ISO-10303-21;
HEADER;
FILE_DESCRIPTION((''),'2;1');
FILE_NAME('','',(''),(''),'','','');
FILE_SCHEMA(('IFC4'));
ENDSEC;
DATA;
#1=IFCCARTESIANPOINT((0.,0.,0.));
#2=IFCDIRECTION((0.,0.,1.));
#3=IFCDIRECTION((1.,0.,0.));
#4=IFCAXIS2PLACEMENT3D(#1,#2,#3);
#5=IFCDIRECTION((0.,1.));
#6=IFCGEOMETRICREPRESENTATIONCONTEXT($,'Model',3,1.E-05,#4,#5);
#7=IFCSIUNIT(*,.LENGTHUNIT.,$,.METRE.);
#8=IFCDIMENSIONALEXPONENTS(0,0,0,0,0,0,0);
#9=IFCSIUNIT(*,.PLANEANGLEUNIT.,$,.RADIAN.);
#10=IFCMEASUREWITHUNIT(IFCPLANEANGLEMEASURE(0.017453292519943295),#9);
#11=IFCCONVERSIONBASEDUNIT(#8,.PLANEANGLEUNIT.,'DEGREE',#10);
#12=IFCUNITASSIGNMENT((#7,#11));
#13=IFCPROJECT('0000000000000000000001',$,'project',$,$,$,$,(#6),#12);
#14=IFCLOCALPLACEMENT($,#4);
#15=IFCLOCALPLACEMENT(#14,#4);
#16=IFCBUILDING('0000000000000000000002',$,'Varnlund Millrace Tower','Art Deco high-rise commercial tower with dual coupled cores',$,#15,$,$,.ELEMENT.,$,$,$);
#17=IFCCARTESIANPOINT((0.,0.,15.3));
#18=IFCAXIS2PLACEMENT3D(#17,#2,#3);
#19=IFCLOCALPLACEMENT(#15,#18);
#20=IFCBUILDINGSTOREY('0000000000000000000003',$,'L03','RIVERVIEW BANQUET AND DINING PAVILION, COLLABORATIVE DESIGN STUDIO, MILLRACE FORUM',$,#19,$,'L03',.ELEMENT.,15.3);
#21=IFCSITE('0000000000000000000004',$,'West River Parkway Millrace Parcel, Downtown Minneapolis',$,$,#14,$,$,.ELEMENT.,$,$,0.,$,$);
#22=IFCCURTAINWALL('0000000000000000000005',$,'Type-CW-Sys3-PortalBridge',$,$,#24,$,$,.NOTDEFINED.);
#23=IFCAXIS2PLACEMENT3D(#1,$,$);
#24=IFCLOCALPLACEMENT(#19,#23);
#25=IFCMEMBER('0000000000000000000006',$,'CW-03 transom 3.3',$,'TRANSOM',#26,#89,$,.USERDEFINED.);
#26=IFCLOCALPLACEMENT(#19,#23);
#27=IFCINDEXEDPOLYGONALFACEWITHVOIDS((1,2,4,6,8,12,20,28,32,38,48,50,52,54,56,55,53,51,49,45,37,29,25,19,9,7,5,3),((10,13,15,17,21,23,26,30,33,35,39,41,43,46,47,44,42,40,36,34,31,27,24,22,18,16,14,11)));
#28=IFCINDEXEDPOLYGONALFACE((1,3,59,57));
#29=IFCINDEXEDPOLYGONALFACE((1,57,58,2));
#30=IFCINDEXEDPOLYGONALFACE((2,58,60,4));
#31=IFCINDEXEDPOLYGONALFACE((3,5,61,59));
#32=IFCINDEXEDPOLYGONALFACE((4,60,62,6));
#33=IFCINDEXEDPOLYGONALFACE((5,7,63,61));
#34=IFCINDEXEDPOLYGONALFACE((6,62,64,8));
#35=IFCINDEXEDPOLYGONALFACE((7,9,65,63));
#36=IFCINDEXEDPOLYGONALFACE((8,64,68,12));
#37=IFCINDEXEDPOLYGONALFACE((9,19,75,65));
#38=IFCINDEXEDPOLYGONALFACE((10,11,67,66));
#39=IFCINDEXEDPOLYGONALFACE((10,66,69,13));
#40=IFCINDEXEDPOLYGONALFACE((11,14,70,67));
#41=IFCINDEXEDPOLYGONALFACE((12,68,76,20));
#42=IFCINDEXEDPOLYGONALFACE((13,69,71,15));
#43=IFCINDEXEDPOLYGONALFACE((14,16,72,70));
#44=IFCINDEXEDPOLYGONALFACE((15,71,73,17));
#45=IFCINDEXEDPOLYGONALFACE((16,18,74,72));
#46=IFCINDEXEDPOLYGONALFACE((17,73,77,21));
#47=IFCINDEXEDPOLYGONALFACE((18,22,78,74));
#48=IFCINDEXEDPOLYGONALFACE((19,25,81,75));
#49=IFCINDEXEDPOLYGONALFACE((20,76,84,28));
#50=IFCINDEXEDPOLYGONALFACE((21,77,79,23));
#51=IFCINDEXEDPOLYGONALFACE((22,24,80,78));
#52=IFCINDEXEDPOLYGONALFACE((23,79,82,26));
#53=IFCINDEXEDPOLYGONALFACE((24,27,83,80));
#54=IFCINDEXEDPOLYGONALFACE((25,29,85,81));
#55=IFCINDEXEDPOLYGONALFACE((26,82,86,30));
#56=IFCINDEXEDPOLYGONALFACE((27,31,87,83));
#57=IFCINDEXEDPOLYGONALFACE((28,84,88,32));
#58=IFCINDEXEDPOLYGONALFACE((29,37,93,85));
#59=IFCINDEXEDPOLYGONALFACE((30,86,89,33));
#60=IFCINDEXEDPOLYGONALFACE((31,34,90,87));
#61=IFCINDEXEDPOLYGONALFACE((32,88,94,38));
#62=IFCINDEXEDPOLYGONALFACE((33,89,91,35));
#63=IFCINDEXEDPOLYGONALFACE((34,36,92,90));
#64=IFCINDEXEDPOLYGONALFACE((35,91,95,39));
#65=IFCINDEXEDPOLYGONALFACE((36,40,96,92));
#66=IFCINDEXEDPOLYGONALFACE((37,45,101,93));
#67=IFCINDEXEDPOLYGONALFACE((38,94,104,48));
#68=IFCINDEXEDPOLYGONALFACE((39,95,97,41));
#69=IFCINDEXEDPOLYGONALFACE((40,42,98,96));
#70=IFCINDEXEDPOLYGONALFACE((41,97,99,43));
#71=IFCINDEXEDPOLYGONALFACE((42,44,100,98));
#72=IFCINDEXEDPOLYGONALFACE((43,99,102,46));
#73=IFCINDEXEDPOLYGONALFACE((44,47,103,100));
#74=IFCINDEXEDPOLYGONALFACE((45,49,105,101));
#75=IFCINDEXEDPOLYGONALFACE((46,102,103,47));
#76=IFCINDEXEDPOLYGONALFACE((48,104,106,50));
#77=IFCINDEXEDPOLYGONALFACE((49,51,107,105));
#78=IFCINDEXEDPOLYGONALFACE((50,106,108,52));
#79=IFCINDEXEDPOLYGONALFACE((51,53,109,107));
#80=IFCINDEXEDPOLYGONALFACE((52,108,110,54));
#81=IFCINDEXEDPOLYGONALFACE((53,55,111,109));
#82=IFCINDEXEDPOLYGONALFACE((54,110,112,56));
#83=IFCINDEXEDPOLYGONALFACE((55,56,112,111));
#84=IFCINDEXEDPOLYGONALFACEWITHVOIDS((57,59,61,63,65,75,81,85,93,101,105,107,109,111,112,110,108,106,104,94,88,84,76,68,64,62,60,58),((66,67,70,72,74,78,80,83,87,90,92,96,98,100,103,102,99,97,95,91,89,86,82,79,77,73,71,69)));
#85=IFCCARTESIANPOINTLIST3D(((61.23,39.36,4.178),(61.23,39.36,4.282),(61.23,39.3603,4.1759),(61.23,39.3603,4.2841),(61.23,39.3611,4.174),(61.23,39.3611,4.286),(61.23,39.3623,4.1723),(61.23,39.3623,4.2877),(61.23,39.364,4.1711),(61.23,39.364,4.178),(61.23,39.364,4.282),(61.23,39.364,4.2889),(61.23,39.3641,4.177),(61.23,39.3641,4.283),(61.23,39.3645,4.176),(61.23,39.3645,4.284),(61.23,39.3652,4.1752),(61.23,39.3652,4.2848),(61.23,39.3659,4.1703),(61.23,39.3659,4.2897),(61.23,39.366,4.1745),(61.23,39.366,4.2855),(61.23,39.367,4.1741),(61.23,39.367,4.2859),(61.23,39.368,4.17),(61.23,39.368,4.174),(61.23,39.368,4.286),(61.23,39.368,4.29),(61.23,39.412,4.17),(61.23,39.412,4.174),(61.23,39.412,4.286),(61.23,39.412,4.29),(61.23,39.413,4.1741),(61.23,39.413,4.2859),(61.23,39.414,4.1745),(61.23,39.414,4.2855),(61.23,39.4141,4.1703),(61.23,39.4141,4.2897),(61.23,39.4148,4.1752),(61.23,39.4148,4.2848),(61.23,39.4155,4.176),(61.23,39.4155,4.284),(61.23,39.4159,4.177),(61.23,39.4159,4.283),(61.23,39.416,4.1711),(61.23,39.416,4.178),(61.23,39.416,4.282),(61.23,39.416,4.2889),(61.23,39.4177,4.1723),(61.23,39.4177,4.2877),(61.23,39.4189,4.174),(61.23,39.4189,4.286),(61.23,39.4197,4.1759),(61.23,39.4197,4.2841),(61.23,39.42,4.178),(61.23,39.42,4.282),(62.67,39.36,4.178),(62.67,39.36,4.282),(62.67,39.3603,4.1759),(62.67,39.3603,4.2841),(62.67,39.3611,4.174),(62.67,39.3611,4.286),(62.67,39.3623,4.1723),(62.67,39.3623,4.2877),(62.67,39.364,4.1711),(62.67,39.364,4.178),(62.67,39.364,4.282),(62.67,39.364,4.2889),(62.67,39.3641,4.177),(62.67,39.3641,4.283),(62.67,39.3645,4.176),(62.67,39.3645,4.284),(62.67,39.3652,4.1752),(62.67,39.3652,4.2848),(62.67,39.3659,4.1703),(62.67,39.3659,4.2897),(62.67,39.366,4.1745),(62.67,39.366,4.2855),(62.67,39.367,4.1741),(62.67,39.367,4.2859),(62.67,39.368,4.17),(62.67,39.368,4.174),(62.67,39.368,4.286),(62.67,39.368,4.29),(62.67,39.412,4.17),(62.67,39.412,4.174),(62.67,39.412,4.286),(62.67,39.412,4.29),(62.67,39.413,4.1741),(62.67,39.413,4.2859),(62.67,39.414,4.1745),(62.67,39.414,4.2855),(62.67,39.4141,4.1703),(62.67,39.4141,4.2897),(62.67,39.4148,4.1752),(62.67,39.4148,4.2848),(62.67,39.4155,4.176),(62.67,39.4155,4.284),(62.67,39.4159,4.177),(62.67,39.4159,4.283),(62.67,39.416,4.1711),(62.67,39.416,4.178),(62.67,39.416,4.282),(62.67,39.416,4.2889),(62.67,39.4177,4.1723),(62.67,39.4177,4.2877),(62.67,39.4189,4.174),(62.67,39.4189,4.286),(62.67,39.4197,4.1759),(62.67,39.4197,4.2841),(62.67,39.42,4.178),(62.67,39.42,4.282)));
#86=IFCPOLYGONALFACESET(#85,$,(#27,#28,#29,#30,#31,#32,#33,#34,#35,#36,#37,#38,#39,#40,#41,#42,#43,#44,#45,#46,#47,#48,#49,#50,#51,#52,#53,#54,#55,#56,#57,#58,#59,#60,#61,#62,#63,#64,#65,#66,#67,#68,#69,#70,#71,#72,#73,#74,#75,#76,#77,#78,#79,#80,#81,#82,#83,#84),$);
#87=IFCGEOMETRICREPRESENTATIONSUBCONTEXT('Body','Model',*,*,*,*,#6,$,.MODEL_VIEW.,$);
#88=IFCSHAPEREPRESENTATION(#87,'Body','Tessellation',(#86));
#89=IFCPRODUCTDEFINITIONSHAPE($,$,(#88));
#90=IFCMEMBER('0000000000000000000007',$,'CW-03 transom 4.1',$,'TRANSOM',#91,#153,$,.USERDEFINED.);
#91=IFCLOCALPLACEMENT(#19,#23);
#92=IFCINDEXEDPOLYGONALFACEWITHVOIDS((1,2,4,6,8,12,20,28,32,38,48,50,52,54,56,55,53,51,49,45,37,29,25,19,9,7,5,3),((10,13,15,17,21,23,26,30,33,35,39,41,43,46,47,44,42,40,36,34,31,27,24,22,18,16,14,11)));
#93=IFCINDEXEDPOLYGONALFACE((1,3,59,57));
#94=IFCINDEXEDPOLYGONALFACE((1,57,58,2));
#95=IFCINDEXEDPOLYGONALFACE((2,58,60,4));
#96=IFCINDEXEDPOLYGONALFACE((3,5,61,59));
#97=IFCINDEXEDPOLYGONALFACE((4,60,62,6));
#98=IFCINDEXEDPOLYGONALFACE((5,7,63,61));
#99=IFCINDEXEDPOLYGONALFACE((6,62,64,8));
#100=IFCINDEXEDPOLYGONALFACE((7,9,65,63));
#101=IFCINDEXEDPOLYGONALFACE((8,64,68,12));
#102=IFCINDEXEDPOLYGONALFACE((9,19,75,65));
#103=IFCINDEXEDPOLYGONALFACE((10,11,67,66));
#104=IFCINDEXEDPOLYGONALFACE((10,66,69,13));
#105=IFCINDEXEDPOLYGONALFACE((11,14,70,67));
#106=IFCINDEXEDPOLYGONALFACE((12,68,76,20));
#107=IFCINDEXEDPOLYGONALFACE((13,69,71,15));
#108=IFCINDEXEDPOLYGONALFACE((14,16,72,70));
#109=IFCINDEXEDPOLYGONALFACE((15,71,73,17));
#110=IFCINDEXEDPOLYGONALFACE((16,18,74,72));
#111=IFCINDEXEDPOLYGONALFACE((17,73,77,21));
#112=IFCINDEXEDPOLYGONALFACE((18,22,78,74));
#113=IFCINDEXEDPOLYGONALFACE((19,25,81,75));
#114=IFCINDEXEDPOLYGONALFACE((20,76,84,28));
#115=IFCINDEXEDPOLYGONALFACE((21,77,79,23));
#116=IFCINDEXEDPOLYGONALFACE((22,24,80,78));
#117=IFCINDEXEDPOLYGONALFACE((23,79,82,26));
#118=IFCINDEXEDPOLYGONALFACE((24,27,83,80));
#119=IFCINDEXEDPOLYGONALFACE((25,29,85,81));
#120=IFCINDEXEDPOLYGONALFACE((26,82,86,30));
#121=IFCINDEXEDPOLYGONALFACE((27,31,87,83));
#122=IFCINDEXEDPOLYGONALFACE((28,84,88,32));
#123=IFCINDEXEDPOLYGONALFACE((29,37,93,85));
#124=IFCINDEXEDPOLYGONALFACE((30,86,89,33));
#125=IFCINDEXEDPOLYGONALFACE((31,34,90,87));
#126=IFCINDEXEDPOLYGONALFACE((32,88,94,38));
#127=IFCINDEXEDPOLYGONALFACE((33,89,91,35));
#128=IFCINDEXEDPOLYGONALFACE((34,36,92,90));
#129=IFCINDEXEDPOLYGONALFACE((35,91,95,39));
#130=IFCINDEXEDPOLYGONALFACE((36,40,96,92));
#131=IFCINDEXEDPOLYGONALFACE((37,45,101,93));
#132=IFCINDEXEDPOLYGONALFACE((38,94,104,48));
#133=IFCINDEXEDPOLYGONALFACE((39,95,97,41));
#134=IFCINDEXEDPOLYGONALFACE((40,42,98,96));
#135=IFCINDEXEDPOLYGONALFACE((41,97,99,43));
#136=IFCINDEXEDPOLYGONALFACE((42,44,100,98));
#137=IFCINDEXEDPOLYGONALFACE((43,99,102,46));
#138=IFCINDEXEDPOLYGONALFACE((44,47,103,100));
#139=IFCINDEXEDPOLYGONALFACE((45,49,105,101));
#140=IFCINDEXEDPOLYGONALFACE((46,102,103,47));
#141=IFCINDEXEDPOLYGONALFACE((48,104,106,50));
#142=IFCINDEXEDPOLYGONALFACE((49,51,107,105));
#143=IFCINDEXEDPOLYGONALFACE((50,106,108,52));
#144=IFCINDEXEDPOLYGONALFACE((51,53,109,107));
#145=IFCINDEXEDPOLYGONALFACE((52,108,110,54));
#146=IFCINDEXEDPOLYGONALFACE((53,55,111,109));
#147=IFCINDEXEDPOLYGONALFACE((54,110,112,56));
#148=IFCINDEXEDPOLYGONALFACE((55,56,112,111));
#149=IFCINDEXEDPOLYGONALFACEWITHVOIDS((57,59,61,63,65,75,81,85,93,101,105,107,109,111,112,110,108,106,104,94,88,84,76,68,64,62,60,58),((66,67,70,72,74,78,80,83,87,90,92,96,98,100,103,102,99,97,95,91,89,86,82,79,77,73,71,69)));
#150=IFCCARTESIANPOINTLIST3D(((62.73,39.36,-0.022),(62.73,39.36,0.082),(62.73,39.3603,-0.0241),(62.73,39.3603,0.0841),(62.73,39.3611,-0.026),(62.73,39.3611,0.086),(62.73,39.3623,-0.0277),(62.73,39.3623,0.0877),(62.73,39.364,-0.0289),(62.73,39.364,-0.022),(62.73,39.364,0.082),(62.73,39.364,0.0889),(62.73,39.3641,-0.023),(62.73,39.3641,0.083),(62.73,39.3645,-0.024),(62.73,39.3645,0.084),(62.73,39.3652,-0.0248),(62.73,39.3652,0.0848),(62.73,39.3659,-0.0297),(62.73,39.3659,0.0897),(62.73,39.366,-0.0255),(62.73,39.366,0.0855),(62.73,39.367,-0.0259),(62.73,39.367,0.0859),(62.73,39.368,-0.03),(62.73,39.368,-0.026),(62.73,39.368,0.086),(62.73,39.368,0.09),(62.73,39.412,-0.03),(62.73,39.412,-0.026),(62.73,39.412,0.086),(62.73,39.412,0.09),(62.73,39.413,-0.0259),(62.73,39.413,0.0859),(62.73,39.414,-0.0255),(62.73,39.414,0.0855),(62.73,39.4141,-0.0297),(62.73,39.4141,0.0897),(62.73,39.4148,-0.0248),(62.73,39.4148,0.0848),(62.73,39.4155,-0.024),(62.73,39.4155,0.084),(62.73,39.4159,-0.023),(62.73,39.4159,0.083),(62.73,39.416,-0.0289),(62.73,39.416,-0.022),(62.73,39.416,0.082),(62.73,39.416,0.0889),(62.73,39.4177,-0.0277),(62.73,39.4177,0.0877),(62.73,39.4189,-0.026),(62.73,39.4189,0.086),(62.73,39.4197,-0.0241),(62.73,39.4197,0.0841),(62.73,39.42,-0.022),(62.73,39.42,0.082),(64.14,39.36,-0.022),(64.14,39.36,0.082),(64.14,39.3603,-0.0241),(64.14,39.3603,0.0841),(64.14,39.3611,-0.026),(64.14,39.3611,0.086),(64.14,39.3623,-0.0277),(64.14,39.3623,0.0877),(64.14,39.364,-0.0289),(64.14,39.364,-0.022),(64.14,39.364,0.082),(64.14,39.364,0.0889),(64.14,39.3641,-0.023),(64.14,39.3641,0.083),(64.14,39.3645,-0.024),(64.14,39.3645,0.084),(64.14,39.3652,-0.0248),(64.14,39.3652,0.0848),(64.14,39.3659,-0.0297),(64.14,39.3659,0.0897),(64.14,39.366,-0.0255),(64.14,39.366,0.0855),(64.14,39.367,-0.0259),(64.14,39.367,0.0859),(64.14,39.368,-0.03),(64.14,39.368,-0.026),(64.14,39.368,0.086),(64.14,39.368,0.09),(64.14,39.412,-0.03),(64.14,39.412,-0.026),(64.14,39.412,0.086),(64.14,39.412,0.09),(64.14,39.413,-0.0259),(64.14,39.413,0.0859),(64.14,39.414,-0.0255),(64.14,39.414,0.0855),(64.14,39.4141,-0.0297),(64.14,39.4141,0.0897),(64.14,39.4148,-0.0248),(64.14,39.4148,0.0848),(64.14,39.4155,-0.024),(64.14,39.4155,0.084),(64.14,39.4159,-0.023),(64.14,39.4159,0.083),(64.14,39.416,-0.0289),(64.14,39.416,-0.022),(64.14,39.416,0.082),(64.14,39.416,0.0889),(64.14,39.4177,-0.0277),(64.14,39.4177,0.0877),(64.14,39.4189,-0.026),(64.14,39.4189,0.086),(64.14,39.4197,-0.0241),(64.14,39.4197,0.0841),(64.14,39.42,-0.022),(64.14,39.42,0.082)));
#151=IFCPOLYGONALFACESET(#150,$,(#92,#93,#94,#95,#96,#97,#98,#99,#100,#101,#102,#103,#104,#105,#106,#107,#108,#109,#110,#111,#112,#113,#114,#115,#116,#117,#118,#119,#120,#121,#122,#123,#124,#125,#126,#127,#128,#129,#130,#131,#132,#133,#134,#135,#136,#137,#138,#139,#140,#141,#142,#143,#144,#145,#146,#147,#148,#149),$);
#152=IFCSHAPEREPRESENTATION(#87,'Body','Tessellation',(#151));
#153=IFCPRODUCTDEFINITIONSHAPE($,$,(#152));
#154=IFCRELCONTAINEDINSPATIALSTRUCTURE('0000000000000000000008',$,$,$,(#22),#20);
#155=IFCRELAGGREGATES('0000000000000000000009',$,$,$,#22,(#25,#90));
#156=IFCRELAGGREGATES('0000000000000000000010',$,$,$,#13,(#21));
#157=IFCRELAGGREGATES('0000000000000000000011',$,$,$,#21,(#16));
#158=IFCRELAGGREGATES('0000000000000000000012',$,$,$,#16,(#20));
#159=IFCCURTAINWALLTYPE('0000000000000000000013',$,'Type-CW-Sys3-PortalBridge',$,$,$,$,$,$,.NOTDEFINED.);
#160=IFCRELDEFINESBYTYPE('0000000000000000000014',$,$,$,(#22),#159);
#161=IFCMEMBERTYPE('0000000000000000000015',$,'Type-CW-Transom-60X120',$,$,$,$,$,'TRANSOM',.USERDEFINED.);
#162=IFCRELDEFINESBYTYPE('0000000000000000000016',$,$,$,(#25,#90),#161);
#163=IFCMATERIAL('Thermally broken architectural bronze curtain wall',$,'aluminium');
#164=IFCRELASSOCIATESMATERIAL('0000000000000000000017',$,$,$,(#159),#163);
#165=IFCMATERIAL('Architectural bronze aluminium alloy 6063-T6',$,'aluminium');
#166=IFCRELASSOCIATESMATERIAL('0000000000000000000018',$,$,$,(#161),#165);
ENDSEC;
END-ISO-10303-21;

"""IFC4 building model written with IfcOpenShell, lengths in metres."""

from ifc_helpers import new_model, entity, si_unit, converted_unit, direction, frame, origin_with_axes, origin_2d_with_axis, place, context, subcontext, project, spatial, hollow_rectangle, extrude, material, material_profile, profile_set, type_object, element, aggregate, save


model = new_model("IFC4")

# Units and contexts
model_context = context("Model", 3, precision=1e-05, world=origin_with_axes(), true_north=direction((0.0, 1.0)))
body_context = subcontext(model_context, "Body", "Model", "MODEL_VIEW")
ifc_project = project(units=[si_unit("LENGTHUNIT", "METRE"), converted_unit("PLANEANGLEUNIT", "DEGREE", entity("IfcPlaneAngleMeasure", 0.017453292519943295), si_unit("PLANEANGLEUNIT", "RADIAN"), dimensions=[0, 0, 0, 0, 0, 0, 0])], contexts=[model_context])

# Site, building, storey
site_placement = place(None, origin_with_axes())
site = spatial("IfcSite", under=ifc_project, at=site_placement, Name="West River Parkway Millrace Parcel, Downtown Minneapolis", CompositionType="ELEMENT", RefElevation=0.0)
building_placement = place(site_placement, origin_with_axes())
building = spatial("IfcBuilding", under=site, at=building_placement, Name="Varnlund Millrace Tower", Description="Art Deco high-rise commercial tower with dual coupled cores", CompositionType="ELEMENT")
storey_placement = place(building_placement, frame((0.0, 0.0, 15.3), z_axis=(0.0, 0.0, 1.0), x_axis=(1.0, 0.0, 0.0)))
storey = spatial("IfcBuildingStorey", under=building, at=storey_placement, Name="L03", Description="RIVERVIEW BANQUET AND DINING PAVILION, COLLABORATIVE DESIGN STUDIO, MILLRACE FORUM", LongName="L03", CompositionType="ELEMENT", Elevation=15.3)

# Curtain wall
ifc_material_1 = material(Name="Thermally broken architectural bronze curtain wall", Category="aluminium")
curtain_wall_type = type_object("IfcCurtainWallType", Name="Type-CW-Sys3-PortalBridge", PredefinedType="NOTDEFINED", material=ifc_material_1)
curtain_wall_1_placement = place(storey_placement, frame((58.2, 39.39, 0.0), z_axis=(0.0, 0.0, 1.0), x_axis=(1.0, 0.0, 0.0)))
curtain_wall_1 = element("IfcCurtainWall", 1, at=curtain_wall_1_placement, inside=storey, type_object=curtain_wall_type, Name="Type-CW-Sys3-PortalBridge", PredefinedType="NOTDEFINED")
ifc_material_2 = material(Name="Architectural bronze aluminium alloy 6063-T6", Category="aluminium")

# Members
ifc_material_profile_1 = material_profile(ifc_material_2, hollow_rectangle(XDim=0.06, YDim=0.12, WallThickness=0.004, InnerFilletRadius=0.004, OuterFilletRadius=0.008, at=origin_2d_with_axis()), Name="Architectural bronze aluminium alloy 6063-T6")
ifc_profile_set_1 = profile_set([ifc_material_profile_1], Name="Architectural bronze aluminium alloy 6063-T6")
member_type_1 = type_object("IfcMemberType", Name="Type-CW-Transom-60X120", ElementType="TRANSOM", PredefinedType="USERDEFINED", material=ifc_profile_set_1)
member_1_placement = place(storey_placement, frame((61.23, 39.39, 4.23), z_axis=(1.0, 0.0, 0.0), x_axis=(0.0, 1.0, 0.0)))
member_1 = element("IfcMember", 2, at=member_1_placement, type_object=member_type_1, Name="CW-03 transom 3.3", ObjectType="TRANSOM", PredefinedType="USERDEFINED", context=body_context, shape_type="SweptSolid", body=[
    extrude(hollow_rectangle(XDim=0.06, YDim=0.12, WallThickness=0.004, InnerFilletRadius=0.004, OuterFilletRadius=0.008, at=origin_2d_with_axis()), origin_with_axes(), (0.0, 0.0, 1.0), 1.44),
])
member_2_placement = place(storey_placement, frame((62.73, 39.39, 0.03), z_axis=(1.0, 0.0, 0.0), x_axis=(0.0, 1.0, 0.0)))
member_2 = element("IfcMember", 3, at=member_2_placement, type_object=member_type_1, Name="CW-03 transom 4.1", ObjectType="TRANSOM", PredefinedType="USERDEFINED", context=body_context, shape_type="SweptSolid", body=[
    extrude(hollow_rectangle(XDim=0.06, YDim=0.12, WallThickness=0.004, InnerFilletRadius=0.004, OuterFilletRadius=0.008, at=origin_2d_with_axis()), origin_with_axes(), (0.0, 0.0, 1.0), 1.41),
])

aggregate(curtain_wall_1, [member_1, member_2])

save(model, "model.ifc")
